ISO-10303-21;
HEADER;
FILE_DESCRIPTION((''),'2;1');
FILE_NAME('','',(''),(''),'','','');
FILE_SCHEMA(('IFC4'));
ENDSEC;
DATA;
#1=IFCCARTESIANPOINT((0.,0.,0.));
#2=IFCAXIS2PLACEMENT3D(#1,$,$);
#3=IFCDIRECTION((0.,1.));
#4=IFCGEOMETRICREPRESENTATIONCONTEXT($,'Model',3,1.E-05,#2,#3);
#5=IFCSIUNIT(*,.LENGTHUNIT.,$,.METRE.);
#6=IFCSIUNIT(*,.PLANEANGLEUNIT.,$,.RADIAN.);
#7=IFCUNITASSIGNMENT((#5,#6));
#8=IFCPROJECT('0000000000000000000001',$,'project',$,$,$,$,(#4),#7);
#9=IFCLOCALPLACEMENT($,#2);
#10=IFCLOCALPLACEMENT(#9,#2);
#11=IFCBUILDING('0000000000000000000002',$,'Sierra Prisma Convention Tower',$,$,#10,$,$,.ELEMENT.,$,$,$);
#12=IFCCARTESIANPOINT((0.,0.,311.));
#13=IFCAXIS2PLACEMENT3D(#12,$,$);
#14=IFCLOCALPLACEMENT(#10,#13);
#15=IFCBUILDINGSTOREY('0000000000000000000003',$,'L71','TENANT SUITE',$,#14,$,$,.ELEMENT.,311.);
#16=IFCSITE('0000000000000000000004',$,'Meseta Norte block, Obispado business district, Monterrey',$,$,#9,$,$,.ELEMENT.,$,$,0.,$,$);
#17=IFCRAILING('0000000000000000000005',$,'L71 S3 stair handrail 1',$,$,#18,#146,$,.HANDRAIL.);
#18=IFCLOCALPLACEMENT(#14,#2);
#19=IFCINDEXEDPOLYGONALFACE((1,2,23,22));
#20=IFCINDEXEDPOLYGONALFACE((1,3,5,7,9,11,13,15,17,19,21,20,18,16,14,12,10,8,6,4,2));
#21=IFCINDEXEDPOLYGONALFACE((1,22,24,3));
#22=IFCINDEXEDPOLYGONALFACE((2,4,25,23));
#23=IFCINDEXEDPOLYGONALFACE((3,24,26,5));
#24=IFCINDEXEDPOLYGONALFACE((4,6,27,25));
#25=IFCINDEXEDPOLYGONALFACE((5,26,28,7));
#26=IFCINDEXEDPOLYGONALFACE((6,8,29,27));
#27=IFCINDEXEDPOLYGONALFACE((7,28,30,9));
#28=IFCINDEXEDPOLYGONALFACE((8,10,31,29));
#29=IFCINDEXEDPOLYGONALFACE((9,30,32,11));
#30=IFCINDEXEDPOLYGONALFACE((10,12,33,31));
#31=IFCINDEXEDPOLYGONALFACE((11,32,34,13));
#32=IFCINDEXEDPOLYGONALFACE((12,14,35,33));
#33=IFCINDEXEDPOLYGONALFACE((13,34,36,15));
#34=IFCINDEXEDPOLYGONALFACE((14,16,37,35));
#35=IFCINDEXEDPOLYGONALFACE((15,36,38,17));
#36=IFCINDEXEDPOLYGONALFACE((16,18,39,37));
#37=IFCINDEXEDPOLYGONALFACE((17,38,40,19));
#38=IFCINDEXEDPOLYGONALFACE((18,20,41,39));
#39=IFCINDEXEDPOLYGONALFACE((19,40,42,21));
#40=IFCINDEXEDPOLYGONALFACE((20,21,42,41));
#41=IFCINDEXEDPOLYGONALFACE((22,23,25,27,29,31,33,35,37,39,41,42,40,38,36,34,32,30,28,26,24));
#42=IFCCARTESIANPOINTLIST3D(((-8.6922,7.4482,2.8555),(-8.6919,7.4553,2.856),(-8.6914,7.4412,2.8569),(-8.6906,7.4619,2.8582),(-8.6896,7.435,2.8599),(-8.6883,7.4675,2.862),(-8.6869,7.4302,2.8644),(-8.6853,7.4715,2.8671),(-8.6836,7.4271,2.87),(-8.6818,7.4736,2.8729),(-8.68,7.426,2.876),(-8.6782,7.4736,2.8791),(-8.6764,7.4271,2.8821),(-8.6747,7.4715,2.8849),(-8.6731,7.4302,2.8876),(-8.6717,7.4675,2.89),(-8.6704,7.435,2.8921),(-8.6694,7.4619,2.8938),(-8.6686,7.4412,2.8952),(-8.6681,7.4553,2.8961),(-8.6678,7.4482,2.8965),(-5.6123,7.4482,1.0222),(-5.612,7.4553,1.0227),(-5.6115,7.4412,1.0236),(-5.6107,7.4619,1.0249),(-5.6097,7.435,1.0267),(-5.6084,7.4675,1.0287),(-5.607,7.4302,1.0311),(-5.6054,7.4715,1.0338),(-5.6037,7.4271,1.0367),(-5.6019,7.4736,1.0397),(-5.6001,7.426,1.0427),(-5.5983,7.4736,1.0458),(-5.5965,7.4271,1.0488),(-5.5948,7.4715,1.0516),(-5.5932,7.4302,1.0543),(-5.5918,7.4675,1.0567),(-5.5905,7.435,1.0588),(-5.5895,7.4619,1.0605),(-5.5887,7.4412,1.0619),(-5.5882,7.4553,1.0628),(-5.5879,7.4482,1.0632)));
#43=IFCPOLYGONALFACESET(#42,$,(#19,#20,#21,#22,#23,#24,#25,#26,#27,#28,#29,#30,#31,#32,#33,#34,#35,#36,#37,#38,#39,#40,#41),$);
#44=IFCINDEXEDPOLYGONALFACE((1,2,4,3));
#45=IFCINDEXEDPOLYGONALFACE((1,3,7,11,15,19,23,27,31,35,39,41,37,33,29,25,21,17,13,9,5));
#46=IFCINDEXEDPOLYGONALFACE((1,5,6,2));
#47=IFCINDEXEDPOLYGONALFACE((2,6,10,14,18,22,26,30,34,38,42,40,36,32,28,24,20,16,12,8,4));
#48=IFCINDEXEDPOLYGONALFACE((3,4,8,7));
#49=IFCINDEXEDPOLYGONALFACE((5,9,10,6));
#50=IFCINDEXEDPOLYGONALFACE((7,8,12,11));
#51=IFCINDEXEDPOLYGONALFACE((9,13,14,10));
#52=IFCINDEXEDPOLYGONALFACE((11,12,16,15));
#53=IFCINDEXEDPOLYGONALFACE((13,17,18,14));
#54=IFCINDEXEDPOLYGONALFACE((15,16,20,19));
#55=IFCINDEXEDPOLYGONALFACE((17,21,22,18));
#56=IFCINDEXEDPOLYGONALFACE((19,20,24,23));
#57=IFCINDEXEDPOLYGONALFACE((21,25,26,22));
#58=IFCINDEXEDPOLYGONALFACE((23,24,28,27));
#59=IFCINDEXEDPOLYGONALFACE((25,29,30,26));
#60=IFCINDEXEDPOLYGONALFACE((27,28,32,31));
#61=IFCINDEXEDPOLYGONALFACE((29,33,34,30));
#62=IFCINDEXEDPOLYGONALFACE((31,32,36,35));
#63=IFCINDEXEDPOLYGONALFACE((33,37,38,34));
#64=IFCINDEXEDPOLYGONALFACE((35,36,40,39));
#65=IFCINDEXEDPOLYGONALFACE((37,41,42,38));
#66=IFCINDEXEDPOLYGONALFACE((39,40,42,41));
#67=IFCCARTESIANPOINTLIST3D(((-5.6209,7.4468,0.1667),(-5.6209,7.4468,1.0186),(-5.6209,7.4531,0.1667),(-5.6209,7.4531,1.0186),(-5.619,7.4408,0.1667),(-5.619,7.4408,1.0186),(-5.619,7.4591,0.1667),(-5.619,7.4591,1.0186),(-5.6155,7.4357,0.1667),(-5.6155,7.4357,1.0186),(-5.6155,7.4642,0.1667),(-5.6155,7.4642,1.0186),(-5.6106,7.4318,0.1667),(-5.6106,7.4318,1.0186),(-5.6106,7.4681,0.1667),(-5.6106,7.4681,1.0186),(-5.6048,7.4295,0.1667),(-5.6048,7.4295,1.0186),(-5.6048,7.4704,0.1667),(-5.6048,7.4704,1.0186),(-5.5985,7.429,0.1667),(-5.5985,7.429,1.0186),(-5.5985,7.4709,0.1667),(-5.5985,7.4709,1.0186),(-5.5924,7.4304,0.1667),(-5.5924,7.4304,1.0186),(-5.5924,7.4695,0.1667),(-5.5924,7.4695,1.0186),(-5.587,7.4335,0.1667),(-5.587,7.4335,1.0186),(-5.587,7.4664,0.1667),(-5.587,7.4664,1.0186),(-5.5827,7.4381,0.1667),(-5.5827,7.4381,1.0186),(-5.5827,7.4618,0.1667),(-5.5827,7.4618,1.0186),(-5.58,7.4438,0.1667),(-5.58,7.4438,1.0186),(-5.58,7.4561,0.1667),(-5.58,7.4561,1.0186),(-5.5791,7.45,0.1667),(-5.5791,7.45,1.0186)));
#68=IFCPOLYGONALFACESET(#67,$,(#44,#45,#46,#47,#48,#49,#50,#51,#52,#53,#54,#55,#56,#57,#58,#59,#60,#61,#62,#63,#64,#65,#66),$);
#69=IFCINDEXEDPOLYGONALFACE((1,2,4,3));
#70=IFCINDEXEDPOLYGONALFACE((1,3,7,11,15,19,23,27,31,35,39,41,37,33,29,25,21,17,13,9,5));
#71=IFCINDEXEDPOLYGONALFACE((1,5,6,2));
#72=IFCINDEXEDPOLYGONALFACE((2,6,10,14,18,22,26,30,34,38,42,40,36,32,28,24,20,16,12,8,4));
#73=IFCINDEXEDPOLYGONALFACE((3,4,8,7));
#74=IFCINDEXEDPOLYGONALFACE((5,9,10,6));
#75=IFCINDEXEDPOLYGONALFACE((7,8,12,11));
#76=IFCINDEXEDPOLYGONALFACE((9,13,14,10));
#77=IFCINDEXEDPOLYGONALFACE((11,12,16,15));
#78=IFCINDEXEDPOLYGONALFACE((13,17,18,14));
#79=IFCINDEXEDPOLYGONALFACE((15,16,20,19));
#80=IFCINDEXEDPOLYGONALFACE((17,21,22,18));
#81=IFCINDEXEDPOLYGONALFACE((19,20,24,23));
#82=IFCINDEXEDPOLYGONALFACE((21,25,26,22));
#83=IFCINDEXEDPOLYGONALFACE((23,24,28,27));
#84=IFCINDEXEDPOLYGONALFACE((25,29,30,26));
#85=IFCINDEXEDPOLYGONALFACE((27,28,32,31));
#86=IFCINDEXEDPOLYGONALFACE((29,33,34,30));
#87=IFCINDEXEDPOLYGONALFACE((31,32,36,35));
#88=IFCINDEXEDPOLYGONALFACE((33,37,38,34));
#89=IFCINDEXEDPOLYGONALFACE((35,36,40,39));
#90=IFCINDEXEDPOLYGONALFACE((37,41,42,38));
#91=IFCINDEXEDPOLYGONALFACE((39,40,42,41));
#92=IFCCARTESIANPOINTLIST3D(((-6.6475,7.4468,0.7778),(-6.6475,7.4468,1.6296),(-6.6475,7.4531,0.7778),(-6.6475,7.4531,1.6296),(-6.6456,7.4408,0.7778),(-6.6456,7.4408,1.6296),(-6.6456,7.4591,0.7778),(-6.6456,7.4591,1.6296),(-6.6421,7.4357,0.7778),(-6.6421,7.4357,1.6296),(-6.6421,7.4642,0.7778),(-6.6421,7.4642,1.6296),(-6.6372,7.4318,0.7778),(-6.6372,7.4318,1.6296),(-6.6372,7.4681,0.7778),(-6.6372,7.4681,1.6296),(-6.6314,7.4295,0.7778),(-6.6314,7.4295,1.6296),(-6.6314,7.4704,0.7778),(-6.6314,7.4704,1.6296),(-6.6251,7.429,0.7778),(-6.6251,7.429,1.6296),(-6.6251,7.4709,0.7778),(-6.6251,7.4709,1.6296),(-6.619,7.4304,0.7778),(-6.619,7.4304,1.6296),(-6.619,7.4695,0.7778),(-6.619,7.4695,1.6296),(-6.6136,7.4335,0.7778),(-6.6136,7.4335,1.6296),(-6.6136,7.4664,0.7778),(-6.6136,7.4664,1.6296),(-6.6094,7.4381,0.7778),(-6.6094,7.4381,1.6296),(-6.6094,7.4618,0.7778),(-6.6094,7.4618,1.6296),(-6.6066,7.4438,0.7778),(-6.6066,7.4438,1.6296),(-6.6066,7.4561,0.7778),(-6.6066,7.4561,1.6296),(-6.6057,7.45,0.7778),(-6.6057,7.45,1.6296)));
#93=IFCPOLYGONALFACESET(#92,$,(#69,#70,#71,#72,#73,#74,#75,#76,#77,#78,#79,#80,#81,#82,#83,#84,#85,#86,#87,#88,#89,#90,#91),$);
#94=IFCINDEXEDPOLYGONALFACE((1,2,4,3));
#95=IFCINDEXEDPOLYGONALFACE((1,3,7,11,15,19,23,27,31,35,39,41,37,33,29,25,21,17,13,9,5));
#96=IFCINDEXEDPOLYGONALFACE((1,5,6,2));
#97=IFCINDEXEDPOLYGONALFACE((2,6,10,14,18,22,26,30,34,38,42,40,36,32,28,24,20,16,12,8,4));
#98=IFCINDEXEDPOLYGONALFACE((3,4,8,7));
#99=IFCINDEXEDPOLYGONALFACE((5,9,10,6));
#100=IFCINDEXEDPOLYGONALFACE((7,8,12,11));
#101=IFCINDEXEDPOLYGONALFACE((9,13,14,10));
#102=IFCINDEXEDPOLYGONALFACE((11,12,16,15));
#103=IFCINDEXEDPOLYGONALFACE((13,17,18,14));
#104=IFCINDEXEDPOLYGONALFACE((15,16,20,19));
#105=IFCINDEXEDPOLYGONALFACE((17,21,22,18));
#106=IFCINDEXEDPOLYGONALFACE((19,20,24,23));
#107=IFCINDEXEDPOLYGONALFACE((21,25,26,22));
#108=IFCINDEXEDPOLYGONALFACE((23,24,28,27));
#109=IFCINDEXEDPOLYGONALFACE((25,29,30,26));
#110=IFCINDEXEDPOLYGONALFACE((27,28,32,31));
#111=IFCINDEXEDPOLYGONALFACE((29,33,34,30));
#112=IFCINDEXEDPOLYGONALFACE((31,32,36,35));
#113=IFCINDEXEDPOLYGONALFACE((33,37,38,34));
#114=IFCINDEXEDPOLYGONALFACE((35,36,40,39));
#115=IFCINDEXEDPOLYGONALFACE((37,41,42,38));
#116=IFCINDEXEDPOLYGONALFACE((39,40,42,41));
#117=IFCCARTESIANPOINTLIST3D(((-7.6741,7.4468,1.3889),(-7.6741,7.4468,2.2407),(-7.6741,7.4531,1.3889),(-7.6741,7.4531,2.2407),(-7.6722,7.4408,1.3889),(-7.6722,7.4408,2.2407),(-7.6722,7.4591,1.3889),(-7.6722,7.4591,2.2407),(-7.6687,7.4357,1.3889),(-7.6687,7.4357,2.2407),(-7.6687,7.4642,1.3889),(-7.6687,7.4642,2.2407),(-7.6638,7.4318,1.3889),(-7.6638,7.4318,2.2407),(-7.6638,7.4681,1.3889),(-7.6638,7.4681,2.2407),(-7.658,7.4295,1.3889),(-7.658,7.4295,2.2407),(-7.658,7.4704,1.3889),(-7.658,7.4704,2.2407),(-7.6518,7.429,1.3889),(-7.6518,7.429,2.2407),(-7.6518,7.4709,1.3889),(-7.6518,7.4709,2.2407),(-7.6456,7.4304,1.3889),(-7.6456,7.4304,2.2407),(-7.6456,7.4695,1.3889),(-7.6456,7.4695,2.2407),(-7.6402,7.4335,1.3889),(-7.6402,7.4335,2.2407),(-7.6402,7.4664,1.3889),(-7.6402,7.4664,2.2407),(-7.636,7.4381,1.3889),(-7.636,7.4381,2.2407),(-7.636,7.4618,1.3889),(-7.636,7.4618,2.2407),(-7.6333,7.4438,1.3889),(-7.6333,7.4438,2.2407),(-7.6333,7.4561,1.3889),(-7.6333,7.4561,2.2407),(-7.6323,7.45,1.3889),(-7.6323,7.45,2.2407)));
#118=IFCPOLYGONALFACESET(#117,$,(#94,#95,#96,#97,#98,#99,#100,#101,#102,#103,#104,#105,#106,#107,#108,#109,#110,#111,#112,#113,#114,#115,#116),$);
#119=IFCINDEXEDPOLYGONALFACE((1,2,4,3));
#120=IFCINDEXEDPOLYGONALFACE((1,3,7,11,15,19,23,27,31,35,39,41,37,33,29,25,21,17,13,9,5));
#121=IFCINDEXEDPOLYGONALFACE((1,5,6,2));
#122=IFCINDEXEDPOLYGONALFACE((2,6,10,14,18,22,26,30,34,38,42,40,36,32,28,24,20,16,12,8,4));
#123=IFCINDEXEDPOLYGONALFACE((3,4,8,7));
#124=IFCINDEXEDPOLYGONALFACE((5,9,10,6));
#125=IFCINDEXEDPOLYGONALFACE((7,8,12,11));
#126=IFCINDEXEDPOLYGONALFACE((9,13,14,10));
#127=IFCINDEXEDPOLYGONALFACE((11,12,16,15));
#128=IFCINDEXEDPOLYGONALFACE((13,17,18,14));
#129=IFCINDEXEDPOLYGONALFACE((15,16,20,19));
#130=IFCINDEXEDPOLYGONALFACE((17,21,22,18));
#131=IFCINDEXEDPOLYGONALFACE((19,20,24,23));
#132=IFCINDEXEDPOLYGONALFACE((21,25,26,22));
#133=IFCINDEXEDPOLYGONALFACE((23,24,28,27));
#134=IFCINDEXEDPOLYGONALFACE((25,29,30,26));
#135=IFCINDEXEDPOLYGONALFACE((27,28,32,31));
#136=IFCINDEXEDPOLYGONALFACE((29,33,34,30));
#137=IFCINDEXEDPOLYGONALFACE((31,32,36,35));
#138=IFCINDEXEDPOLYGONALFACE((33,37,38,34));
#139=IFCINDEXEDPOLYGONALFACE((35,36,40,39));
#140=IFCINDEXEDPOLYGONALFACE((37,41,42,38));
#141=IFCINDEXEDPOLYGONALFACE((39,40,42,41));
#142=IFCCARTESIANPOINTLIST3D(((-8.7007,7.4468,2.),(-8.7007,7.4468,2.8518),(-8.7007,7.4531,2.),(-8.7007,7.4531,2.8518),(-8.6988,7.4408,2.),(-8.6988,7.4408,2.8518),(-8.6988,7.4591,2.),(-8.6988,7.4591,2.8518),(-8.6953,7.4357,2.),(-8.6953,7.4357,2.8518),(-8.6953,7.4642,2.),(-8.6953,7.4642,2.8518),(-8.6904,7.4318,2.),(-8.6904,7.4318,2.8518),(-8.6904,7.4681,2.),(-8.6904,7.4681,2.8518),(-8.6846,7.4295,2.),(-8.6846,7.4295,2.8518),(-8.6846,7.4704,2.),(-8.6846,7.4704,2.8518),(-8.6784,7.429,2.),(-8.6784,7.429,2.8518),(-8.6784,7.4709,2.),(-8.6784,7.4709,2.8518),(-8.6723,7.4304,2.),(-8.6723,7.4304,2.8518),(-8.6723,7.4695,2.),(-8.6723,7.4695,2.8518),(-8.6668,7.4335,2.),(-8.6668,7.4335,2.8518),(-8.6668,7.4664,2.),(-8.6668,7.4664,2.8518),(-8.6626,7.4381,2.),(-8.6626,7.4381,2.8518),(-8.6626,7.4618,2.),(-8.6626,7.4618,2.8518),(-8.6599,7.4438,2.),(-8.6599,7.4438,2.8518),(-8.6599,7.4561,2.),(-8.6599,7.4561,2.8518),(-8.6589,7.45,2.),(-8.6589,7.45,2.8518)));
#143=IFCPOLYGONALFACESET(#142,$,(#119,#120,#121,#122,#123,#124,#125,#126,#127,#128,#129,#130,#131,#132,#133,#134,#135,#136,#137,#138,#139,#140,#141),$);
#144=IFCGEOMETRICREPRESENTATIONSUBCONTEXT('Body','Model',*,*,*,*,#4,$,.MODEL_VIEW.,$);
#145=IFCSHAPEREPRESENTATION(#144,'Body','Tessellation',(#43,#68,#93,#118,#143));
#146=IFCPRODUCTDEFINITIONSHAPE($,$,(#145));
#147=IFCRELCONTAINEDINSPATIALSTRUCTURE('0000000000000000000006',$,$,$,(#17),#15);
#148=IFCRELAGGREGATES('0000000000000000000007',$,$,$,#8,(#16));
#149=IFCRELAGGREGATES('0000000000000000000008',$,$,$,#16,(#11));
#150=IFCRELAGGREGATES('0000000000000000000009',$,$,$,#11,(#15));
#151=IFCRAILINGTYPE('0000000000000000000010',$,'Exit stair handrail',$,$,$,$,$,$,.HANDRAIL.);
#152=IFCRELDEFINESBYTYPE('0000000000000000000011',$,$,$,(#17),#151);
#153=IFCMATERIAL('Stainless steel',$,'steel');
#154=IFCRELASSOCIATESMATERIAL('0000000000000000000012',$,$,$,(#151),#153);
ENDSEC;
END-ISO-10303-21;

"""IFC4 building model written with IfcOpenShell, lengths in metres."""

from ifc_helpers import new_model, si_unit, direction, frame, origin, origin_2d, place, context, subcontext, project, spatial, circle, extrude, material, type_object, element, save


model = new_model("IFC4")

# Units and contexts
model_context = context("Model", 3, precision=1e-05, world=origin(), true_north=direction((0.0, 1.0)))
body_context = subcontext(model_context, "Body", "Model", "MODEL_VIEW")
ifc_project = project(units=[si_unit("LENGTHUNIT", "METRE"), si_unit("PLANEANGLEUNIT", "RADIAN")], contexts=[model_context])

# Site, building, storey
site_placement = place(None, origin())
site = spatial("IfcSite", under=ifc_project, at=site_placement, Name="Meseta Norte block, Obispado business district, Monterrey", CompositionType="ELEMENT", RefElevation=0.0)
building_placement = place(site_placement, origin())
building = spatial("IfcBuilding", under=site, at=building_placement, Name="Sierra Prisma Convention Tower", CompositionType="ELEMENT")
storey_placement = place(building_placement, frame((0.0, 0.0, 311.0)))
storey = spatial("IfcBuildingStorey", under=building, at=storey_placement, Name="L71", Description="TENANT SUITE", CompositionType="ELEMENT", Elevation=311.0)

# Railing
ifc_material_1 = material(Name="Stainless steel", Category="steel")
railing_type_1 = type_object("IfcRailingType", Name="Exit stair handrail", PredefinedType="HANDRAIL", material=ifc_material_1)
railing_1_placement = place(storey_placement, frame((-5.6001, 7.45, 0.1667)))
element("IfcRailing", 1, at=railing_1_placement, inside=storey, type_object=railing_type_1, Name="L71 S3 stair handrail 1", PredefinedType="HANDRAIL", context=body_context, shape_type="SweptSolid", body=[
    extrude(circle(Radius=0.0239, at=origin_2d()), frame((0.0, 0.0, 0.876), z_axis=(-0.859291, 0.0, 0.511487), x_axis=(0.0, -1.0, 0.0)), (0.0, 0.0, 1.0), 3.5842),
    extrude(circle(Radius=0.021, at=origin_2d()), origin(), (0.0, 0.0, 1.0), 0.8518),
    extrude(circle(Radius=0.021, at=origin_2d()), frame((-1.0266, 0.0, 0.6111)), (0.0, 0.0, 1.0), 0.8518),
    extrude(circle(Radius=0.021, at=origin_2d()), frame((-2.0532, 0.0, 1.2222)), (0.0, 0.0, 1.0), 0.8518),
    extrude(circle(Radius=0.021, at=origin_2d()), frame((-3.0798, 0.0, 1.8333)), (0.0, 0.0, 1.0), 0.8518),
])

save(model, "model.ifc")
